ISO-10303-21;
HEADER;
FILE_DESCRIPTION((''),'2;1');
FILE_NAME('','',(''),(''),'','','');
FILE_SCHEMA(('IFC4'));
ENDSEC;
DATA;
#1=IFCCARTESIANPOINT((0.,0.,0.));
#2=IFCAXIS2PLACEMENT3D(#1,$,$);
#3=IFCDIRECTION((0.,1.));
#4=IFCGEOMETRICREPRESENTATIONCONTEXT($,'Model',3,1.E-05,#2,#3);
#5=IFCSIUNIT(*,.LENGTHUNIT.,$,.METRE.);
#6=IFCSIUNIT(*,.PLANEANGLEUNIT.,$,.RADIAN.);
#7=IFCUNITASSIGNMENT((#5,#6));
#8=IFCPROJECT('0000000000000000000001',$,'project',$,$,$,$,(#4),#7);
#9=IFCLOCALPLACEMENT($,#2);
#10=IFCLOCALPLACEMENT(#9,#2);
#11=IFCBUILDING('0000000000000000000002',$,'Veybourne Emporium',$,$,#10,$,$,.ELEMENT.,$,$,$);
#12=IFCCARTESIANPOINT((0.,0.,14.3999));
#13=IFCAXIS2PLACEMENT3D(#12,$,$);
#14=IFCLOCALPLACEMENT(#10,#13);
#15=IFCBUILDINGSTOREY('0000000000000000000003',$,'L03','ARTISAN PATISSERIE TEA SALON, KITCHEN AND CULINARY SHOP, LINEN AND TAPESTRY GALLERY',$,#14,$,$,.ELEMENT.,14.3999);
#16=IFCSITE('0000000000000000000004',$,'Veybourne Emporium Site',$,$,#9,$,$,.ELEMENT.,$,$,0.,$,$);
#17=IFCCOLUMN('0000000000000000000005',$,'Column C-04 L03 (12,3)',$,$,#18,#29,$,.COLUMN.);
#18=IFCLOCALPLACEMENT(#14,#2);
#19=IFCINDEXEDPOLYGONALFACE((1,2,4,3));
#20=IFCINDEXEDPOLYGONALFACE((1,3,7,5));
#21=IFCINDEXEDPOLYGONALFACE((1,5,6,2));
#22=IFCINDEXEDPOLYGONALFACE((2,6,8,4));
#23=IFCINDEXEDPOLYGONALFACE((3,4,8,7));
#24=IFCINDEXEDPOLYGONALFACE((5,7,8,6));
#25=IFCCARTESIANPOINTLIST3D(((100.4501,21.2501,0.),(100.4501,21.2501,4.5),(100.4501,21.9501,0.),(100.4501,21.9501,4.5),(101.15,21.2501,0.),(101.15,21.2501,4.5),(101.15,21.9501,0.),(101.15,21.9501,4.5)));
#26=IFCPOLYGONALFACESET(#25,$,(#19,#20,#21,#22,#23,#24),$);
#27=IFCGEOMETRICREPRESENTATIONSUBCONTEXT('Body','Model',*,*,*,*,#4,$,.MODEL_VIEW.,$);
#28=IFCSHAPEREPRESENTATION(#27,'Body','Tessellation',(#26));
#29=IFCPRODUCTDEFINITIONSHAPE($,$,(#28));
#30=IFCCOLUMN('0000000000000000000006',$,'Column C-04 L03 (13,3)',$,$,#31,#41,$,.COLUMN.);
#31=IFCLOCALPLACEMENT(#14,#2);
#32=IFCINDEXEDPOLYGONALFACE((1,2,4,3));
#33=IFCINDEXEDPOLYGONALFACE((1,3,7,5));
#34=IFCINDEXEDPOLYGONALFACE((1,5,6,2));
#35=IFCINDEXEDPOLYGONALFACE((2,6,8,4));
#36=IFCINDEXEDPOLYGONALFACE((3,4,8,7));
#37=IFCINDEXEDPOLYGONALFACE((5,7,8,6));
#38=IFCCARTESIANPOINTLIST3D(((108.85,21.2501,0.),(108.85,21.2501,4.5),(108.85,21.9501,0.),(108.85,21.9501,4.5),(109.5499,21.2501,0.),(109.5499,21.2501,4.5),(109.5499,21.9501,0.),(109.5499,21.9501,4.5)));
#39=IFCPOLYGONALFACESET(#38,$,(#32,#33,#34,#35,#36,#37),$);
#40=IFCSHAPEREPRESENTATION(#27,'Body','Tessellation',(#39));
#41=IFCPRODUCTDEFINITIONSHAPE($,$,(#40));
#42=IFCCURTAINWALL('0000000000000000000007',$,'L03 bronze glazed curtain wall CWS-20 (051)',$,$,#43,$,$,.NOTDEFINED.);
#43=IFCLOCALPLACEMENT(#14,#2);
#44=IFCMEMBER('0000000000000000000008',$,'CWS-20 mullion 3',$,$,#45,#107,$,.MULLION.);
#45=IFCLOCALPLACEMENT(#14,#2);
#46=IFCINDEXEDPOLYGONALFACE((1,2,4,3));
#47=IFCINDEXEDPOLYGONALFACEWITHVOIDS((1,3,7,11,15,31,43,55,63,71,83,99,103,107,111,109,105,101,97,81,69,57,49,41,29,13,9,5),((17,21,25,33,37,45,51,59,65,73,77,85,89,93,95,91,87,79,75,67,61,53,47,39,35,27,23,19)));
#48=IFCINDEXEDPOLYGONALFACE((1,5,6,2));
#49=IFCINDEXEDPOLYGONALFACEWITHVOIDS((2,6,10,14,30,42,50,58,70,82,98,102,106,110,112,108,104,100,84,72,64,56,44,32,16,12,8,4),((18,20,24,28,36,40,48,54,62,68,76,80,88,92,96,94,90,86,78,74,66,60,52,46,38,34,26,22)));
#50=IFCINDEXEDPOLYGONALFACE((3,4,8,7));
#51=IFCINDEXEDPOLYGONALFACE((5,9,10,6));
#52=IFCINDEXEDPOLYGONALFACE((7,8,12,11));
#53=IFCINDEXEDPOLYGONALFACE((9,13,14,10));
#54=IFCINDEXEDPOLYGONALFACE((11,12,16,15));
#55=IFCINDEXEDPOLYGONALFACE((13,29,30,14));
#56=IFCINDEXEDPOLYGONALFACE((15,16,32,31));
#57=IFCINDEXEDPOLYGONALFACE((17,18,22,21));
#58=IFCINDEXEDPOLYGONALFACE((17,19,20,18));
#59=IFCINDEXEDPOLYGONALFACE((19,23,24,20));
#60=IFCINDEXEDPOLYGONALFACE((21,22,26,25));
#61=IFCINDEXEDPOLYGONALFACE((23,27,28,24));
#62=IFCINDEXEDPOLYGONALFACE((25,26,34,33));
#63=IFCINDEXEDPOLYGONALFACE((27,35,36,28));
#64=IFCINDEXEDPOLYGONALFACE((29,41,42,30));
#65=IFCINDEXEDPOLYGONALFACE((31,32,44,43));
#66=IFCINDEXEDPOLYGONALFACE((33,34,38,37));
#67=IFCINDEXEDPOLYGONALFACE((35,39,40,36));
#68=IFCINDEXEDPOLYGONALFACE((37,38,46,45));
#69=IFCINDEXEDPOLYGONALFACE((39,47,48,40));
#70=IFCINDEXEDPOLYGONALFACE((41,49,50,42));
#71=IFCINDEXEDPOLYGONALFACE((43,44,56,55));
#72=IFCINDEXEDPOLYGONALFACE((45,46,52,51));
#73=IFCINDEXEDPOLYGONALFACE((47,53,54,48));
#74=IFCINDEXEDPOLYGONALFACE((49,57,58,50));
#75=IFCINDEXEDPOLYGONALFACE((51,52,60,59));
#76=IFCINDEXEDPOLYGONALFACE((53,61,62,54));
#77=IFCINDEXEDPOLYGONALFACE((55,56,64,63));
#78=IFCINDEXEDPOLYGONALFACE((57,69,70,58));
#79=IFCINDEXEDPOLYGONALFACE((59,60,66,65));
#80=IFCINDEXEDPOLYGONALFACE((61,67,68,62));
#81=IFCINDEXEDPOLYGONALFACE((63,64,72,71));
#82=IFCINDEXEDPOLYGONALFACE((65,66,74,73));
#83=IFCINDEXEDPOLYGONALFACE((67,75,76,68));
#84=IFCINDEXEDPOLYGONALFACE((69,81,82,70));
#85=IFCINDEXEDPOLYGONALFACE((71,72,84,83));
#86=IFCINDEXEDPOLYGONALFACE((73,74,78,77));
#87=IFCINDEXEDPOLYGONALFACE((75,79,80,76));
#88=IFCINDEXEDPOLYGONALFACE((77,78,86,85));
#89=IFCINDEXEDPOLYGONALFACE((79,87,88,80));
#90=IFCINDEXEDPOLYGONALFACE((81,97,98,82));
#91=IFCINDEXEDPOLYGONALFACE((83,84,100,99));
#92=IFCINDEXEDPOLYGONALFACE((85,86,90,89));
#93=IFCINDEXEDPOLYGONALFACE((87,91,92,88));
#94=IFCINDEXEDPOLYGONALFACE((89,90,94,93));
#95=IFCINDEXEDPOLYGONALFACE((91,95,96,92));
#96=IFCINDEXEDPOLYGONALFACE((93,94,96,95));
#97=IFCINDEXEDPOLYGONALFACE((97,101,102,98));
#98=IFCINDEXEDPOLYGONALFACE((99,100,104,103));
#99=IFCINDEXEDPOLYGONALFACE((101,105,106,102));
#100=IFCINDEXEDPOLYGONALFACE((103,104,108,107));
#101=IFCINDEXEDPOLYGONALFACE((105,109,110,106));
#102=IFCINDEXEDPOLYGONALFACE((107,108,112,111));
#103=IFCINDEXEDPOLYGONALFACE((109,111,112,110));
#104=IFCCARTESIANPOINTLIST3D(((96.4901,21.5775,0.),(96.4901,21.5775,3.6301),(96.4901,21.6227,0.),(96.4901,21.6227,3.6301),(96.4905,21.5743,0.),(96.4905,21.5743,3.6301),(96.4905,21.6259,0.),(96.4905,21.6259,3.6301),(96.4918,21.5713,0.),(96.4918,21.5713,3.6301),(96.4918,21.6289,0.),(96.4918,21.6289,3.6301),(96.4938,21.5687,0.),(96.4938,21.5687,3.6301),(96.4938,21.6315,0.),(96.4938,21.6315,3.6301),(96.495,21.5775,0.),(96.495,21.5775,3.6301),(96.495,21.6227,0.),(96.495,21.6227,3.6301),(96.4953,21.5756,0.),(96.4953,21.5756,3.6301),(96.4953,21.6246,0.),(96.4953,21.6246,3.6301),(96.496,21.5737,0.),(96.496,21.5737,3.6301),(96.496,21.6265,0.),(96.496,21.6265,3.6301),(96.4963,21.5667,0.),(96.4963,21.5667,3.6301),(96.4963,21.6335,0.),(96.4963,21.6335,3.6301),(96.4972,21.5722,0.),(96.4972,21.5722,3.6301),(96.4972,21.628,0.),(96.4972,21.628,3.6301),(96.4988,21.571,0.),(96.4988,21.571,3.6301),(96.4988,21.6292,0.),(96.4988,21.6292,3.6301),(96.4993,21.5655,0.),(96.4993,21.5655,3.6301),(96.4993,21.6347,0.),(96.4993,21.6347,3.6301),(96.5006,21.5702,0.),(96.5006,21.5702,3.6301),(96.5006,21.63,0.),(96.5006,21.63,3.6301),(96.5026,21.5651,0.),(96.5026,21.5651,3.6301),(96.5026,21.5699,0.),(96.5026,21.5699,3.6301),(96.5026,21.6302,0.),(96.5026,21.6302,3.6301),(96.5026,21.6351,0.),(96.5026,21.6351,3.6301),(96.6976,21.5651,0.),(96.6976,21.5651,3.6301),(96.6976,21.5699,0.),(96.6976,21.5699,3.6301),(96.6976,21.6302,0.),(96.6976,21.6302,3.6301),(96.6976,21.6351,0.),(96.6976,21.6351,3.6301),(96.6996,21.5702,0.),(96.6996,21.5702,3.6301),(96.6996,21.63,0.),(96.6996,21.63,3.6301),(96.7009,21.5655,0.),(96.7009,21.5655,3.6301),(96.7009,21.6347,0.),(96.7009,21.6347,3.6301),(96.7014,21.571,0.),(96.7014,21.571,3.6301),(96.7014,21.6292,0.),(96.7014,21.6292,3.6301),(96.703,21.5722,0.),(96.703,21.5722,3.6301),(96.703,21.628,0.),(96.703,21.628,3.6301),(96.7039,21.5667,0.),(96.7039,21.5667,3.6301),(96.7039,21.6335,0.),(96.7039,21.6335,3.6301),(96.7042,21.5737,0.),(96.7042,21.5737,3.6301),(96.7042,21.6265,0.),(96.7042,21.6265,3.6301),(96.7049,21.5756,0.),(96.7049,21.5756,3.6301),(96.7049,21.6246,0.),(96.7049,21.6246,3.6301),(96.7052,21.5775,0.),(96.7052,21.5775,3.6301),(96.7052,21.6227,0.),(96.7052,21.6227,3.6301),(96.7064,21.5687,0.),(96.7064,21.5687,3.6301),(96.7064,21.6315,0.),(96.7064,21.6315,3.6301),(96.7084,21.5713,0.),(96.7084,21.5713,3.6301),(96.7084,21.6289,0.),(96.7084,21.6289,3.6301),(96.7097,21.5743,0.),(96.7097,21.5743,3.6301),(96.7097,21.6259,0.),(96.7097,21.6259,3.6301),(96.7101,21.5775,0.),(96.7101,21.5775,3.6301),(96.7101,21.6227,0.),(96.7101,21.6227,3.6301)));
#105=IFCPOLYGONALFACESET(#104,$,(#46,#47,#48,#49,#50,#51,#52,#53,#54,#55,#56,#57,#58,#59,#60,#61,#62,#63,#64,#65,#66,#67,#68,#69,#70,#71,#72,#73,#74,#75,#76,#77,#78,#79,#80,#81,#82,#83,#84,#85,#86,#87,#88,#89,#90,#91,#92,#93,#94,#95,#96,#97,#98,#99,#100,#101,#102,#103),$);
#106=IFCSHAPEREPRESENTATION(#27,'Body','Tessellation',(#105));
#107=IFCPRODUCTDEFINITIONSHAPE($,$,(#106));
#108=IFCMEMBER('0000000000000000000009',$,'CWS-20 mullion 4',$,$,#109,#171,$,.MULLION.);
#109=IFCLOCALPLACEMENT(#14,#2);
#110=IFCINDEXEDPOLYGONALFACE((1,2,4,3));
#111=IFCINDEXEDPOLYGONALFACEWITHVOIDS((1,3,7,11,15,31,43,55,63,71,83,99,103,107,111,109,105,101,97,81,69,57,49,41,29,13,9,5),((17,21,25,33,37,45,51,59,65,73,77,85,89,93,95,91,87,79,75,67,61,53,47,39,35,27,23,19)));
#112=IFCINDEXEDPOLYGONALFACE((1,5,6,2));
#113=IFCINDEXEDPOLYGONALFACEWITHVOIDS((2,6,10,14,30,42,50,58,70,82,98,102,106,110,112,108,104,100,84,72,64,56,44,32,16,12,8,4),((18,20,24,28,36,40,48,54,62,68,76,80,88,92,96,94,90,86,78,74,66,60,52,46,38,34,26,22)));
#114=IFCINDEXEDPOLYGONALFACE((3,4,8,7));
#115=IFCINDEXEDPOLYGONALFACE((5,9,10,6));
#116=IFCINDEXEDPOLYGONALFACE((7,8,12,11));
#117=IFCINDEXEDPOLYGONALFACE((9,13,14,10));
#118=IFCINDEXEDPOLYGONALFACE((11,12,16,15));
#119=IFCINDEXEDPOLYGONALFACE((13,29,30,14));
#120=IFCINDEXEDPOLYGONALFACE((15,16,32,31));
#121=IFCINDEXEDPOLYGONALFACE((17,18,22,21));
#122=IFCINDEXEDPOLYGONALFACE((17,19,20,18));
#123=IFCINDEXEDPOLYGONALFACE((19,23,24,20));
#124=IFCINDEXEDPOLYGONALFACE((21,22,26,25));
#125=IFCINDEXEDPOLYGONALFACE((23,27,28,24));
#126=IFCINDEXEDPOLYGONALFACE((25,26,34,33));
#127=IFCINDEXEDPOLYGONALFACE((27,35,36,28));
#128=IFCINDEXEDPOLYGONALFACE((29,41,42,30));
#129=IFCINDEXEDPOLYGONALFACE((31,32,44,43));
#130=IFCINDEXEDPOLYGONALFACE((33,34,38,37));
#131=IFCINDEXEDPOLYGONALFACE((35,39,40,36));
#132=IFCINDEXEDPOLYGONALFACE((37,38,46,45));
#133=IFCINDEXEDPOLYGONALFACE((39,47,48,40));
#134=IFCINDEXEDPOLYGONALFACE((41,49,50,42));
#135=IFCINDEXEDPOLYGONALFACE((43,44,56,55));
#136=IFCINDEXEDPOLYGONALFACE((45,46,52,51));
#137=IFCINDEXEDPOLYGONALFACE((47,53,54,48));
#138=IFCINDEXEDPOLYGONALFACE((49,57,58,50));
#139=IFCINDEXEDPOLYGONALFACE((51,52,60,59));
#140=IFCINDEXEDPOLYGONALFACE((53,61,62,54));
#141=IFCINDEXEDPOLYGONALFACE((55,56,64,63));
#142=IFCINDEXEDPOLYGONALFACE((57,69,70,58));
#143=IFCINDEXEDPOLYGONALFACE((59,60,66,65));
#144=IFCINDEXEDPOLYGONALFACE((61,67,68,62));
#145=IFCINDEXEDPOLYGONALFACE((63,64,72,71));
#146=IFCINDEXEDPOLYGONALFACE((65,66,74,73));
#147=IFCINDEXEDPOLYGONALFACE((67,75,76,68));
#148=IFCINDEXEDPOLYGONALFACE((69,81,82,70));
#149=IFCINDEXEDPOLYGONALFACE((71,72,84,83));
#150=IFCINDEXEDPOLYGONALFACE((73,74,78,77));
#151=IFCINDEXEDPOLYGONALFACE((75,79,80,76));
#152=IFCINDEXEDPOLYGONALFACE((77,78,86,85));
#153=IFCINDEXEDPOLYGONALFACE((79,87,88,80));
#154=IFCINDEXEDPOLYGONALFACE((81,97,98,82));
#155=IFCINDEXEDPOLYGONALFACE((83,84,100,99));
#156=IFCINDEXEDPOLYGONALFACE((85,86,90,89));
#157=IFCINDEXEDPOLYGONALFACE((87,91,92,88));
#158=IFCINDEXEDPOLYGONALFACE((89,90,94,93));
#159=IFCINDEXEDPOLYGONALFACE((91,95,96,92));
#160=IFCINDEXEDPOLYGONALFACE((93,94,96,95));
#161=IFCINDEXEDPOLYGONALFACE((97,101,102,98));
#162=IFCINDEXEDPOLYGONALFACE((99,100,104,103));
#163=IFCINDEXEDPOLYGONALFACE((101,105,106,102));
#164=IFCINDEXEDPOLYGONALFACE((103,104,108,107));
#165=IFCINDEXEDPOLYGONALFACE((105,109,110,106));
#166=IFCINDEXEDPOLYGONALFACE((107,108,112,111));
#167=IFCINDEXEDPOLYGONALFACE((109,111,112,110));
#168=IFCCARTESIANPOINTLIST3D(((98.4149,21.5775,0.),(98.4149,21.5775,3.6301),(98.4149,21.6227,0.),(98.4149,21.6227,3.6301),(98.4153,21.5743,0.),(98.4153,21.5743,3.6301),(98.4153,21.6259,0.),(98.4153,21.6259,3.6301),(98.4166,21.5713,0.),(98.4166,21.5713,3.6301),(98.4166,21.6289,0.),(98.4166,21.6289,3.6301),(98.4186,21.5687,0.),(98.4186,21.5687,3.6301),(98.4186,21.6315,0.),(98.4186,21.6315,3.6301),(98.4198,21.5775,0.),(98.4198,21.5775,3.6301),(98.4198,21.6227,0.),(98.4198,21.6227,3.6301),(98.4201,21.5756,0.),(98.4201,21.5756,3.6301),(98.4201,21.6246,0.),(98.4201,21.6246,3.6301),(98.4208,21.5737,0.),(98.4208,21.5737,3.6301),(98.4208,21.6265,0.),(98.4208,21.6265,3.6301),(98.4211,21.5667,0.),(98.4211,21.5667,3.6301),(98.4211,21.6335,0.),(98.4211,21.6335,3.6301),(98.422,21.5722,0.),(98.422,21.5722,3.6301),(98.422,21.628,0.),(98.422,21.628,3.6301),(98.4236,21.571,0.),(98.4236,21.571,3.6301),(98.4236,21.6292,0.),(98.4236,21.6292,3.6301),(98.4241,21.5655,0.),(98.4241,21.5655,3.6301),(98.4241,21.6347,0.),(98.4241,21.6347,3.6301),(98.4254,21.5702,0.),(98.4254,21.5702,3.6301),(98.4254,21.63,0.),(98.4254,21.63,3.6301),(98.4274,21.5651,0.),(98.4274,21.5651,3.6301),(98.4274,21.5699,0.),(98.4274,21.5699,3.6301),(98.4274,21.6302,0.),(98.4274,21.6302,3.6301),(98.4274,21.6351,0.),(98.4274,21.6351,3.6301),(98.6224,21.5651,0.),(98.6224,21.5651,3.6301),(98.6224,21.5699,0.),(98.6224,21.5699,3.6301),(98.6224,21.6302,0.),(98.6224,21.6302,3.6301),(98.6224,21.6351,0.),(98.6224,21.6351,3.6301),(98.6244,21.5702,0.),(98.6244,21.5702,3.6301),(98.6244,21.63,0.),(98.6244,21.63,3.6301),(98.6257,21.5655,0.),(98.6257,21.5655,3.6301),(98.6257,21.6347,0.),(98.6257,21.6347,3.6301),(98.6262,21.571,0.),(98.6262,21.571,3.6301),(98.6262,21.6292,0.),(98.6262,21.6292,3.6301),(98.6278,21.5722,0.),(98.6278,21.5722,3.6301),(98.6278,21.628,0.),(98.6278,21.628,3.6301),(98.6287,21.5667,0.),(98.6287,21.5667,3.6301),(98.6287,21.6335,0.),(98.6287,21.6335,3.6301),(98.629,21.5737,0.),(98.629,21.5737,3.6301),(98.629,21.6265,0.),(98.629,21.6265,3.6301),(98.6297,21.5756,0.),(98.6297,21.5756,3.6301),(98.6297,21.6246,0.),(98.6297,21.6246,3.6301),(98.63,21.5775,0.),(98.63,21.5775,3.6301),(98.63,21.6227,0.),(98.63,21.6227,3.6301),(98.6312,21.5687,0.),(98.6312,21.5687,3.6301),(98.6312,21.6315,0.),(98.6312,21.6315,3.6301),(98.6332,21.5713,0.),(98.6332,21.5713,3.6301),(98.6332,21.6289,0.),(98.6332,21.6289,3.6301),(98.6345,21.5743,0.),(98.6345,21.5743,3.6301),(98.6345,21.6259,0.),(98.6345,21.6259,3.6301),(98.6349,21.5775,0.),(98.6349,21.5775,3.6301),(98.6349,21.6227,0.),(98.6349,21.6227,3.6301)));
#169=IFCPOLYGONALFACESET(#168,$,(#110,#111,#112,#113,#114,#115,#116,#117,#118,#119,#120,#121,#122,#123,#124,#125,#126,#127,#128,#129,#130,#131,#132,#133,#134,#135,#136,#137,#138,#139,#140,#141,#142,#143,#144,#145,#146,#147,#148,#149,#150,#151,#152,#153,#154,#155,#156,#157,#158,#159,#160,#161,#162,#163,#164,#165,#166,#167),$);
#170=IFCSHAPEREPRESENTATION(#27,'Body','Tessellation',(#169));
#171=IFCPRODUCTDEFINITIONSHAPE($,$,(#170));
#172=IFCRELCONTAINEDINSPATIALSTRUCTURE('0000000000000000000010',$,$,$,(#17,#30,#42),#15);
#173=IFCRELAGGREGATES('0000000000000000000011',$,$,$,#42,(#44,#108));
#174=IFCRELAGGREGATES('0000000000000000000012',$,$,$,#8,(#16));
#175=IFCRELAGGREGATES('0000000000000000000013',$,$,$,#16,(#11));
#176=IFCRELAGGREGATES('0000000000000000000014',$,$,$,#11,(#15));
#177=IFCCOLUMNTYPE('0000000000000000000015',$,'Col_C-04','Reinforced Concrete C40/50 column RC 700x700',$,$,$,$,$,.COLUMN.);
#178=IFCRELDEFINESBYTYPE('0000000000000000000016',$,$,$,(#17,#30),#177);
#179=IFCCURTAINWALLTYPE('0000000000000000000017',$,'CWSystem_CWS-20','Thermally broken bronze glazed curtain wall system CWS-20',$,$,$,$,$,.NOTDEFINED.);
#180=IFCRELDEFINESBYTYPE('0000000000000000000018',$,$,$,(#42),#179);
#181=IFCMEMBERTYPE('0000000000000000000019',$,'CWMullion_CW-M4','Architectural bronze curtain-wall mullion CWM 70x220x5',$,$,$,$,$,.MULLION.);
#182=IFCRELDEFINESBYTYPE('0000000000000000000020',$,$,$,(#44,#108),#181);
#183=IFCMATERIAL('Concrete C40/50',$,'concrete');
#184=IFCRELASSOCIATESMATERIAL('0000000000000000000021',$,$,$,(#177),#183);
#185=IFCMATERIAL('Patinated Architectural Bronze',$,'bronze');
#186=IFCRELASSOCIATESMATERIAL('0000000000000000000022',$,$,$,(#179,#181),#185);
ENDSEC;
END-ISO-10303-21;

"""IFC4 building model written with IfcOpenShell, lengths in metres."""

from ifc_helpers import new_model, si_unit, direction, frame, origin, origin_2d, place, context, subcontext, project, spatial, rectangle, hollow_rectangle, extrude, material, material_profile, profile_set, type_object, element, aggregate, save


model = new_model("IFC4")

# Units and contexts
model_context = context("Model", 3, precision=1e-05, world=origin(), true_north=direction((0.0, 1.0)))
body_context = subcontext(model_context, "Body", "Model", "MODEL_VIEW")
ifc_project = project(units=[si_unit("LENGTHUNIT", "METRE"), si_unit("PLANEANGLEUNIT", "RADIAN")], contexts=[model_context])

# Site, building, storey
site_placement = place(None, origin())
site = spatial("IfcSite", under=ifc_project, at=site_placement, Name="Veybourne Emporium Site", CompositionType="ELEMENT", RefElevation=0.0)
building_placement = place(site_placement, origin())
building = spatial("IfcBuilding", under=site, at=building_placement, Name="Veybourne Emporium", CompositionType="ELEMENT")
storey_placement = place(building_placement, frame((0.0, 0.0, 14.3999)))
storey = spatial("IfcBuildingStorey", under=building, at=storey_placement, Name="L03", Description="ARTISAN PATISSERIE TEA SALON, KITCHEN AND CULINARY SHOP, LINEN AND TAPESTRY GALLERY", CompositionType="ELEMENT", Elevation=14.3999)

# Columns
ifc_material_1 = material(Name="Concrete C40/50", Category="concrete")
ifc_material_profile_1 = material_profile(ifc_material_1, rectangle(XDim=0.7, YDim=0.7, at=origin_2d()), Name="RC 700x700")
ifc_profile_set_1 = profile_set([ifc_material_profile_1], Name="Concrete C40/50")
column_type = type_object("IfcColumnType", Name="Col_C-04", Description="Reinforced Concrete C40/50 column RC 700x700", PredefinedType="COLUMN", material=ifc_profile_set_1)
for number, where, z_axis, x_axis, name in (
    (1, (100.8, 21.6001, 0.0), (0.0, 0.0, 1.0), (1.0, 0.0, 0.0), "Column C-04 L03 (12,3)"),
    (2, (109.2, 21.6001, 0.0), (0.0, 0.0, 1.0), (1.0, 0.0, 0.0), "Column C-04 L03 (13,3)"),
):
    element("IfcColumn", number, at=place(storey_placement, frame(where, z_axis=z_axis, x_axis=x_axis)), inside=storey, type_object=column_type, Name=name, PredefinedType="COLUMN", context=body_context, shape_type="SweptSolid", body=[
        extrude(rectangle(XDim=0.7, YDim=0.7, at=origin_2d()), origin(), (0.0, 0.0, 1.0), 4.5),
    ])

# Curtain wall, members
ifc_material_2 = material(Name="Patinated Architectural Bronze", Category="bronze")
curtain_wall_type = type_object("IfcCurtainWallType", Name="CWSystem_CWS-20", Description="Thermally broken bronze glazed curtain wall system CWS-20", PredefinedType="NOTDEFINED", material=ifc_material_2)
curtain_wall_placement = place(storey_placement, origin())
curtain_wall = element("IfcCurtainWall", 3, at=curtain_wall_placement, inside=storey, type_object=curtain_wall_type, Name="L03 bronze glazed curtain wall CWS-20 (051)", PredefinedType="NOTDEFINED")
ifc_material_profile_2 = material_profile(ifc_material_2, hollow_rectangle(XDim=0.0701, YDim=0.22, WallThickness=0.0049, InnerFilletRadius=0.0076, OuterFilletRadius=0.0125, at=origin_2d()), Name="CWM 70x220x5")
ifc_profile_set_2 = profile_set([ifc_material_profile_2], Name="Patinated Architectural Bronze")
member_type_1 = type_object("IfcMemberType", Name="CWMullion_CW-M4", Description="Architectural bronze curtain-wall mullion CWM 70x220x5", PredefinedType="MULLION", material=ifc_profile_set_2)
member_1_placement = place(storey_placement, frame((96.6001, 21.6001, 0.0), z_axis=(0.0, 0.0, 1.0), x_axis=(0.0, 1.0, 0.0)))
member_1 = element("IfcMember", 4, at=member_1_placement, type_object=member_type_1, Name="CWS-20 mullion 3", PredefinedType="MULLION", context=body_context, shape_type="SweptSolid", body=[
    extrude(hollow_rectangle(XDim=0.0701, YDim=0.22, WallThickness=0.0049, InnerFilletRadius=0.0076, OuterFilletRadius=0.0125, at=origin_2d()), origin(), (0.0, 0.0, 1.0), 3.6301),
])
member_2_placement = place(storey_placement, frame((98.5249, 21.6001, 0.0), z_axis=(0.0, 0.0, 1.0), x_axis=(0.0, 1.0, 0.0)))
member_2 = element("IfcMember", 5, at=member_2_placement, type_object=member_type_1, Name="CWS-20 mullion 4", PredefinedType="MULLION", context=body_context, shape_type="SweptSolid", body=[
    extrude(hollow_rectangle(XDim=0.0701, YDim=0.22, WallThickness=0.0049, InnerFilletRadius=0.0076, OuterFilletRadius=0.0125, at=origin_2d()), origin(), (0.0, 0.0, 1.0), 3.6301),
])

aggregate(curtain_wall, [member_1, member_2])

save(model, "model.ifc")
